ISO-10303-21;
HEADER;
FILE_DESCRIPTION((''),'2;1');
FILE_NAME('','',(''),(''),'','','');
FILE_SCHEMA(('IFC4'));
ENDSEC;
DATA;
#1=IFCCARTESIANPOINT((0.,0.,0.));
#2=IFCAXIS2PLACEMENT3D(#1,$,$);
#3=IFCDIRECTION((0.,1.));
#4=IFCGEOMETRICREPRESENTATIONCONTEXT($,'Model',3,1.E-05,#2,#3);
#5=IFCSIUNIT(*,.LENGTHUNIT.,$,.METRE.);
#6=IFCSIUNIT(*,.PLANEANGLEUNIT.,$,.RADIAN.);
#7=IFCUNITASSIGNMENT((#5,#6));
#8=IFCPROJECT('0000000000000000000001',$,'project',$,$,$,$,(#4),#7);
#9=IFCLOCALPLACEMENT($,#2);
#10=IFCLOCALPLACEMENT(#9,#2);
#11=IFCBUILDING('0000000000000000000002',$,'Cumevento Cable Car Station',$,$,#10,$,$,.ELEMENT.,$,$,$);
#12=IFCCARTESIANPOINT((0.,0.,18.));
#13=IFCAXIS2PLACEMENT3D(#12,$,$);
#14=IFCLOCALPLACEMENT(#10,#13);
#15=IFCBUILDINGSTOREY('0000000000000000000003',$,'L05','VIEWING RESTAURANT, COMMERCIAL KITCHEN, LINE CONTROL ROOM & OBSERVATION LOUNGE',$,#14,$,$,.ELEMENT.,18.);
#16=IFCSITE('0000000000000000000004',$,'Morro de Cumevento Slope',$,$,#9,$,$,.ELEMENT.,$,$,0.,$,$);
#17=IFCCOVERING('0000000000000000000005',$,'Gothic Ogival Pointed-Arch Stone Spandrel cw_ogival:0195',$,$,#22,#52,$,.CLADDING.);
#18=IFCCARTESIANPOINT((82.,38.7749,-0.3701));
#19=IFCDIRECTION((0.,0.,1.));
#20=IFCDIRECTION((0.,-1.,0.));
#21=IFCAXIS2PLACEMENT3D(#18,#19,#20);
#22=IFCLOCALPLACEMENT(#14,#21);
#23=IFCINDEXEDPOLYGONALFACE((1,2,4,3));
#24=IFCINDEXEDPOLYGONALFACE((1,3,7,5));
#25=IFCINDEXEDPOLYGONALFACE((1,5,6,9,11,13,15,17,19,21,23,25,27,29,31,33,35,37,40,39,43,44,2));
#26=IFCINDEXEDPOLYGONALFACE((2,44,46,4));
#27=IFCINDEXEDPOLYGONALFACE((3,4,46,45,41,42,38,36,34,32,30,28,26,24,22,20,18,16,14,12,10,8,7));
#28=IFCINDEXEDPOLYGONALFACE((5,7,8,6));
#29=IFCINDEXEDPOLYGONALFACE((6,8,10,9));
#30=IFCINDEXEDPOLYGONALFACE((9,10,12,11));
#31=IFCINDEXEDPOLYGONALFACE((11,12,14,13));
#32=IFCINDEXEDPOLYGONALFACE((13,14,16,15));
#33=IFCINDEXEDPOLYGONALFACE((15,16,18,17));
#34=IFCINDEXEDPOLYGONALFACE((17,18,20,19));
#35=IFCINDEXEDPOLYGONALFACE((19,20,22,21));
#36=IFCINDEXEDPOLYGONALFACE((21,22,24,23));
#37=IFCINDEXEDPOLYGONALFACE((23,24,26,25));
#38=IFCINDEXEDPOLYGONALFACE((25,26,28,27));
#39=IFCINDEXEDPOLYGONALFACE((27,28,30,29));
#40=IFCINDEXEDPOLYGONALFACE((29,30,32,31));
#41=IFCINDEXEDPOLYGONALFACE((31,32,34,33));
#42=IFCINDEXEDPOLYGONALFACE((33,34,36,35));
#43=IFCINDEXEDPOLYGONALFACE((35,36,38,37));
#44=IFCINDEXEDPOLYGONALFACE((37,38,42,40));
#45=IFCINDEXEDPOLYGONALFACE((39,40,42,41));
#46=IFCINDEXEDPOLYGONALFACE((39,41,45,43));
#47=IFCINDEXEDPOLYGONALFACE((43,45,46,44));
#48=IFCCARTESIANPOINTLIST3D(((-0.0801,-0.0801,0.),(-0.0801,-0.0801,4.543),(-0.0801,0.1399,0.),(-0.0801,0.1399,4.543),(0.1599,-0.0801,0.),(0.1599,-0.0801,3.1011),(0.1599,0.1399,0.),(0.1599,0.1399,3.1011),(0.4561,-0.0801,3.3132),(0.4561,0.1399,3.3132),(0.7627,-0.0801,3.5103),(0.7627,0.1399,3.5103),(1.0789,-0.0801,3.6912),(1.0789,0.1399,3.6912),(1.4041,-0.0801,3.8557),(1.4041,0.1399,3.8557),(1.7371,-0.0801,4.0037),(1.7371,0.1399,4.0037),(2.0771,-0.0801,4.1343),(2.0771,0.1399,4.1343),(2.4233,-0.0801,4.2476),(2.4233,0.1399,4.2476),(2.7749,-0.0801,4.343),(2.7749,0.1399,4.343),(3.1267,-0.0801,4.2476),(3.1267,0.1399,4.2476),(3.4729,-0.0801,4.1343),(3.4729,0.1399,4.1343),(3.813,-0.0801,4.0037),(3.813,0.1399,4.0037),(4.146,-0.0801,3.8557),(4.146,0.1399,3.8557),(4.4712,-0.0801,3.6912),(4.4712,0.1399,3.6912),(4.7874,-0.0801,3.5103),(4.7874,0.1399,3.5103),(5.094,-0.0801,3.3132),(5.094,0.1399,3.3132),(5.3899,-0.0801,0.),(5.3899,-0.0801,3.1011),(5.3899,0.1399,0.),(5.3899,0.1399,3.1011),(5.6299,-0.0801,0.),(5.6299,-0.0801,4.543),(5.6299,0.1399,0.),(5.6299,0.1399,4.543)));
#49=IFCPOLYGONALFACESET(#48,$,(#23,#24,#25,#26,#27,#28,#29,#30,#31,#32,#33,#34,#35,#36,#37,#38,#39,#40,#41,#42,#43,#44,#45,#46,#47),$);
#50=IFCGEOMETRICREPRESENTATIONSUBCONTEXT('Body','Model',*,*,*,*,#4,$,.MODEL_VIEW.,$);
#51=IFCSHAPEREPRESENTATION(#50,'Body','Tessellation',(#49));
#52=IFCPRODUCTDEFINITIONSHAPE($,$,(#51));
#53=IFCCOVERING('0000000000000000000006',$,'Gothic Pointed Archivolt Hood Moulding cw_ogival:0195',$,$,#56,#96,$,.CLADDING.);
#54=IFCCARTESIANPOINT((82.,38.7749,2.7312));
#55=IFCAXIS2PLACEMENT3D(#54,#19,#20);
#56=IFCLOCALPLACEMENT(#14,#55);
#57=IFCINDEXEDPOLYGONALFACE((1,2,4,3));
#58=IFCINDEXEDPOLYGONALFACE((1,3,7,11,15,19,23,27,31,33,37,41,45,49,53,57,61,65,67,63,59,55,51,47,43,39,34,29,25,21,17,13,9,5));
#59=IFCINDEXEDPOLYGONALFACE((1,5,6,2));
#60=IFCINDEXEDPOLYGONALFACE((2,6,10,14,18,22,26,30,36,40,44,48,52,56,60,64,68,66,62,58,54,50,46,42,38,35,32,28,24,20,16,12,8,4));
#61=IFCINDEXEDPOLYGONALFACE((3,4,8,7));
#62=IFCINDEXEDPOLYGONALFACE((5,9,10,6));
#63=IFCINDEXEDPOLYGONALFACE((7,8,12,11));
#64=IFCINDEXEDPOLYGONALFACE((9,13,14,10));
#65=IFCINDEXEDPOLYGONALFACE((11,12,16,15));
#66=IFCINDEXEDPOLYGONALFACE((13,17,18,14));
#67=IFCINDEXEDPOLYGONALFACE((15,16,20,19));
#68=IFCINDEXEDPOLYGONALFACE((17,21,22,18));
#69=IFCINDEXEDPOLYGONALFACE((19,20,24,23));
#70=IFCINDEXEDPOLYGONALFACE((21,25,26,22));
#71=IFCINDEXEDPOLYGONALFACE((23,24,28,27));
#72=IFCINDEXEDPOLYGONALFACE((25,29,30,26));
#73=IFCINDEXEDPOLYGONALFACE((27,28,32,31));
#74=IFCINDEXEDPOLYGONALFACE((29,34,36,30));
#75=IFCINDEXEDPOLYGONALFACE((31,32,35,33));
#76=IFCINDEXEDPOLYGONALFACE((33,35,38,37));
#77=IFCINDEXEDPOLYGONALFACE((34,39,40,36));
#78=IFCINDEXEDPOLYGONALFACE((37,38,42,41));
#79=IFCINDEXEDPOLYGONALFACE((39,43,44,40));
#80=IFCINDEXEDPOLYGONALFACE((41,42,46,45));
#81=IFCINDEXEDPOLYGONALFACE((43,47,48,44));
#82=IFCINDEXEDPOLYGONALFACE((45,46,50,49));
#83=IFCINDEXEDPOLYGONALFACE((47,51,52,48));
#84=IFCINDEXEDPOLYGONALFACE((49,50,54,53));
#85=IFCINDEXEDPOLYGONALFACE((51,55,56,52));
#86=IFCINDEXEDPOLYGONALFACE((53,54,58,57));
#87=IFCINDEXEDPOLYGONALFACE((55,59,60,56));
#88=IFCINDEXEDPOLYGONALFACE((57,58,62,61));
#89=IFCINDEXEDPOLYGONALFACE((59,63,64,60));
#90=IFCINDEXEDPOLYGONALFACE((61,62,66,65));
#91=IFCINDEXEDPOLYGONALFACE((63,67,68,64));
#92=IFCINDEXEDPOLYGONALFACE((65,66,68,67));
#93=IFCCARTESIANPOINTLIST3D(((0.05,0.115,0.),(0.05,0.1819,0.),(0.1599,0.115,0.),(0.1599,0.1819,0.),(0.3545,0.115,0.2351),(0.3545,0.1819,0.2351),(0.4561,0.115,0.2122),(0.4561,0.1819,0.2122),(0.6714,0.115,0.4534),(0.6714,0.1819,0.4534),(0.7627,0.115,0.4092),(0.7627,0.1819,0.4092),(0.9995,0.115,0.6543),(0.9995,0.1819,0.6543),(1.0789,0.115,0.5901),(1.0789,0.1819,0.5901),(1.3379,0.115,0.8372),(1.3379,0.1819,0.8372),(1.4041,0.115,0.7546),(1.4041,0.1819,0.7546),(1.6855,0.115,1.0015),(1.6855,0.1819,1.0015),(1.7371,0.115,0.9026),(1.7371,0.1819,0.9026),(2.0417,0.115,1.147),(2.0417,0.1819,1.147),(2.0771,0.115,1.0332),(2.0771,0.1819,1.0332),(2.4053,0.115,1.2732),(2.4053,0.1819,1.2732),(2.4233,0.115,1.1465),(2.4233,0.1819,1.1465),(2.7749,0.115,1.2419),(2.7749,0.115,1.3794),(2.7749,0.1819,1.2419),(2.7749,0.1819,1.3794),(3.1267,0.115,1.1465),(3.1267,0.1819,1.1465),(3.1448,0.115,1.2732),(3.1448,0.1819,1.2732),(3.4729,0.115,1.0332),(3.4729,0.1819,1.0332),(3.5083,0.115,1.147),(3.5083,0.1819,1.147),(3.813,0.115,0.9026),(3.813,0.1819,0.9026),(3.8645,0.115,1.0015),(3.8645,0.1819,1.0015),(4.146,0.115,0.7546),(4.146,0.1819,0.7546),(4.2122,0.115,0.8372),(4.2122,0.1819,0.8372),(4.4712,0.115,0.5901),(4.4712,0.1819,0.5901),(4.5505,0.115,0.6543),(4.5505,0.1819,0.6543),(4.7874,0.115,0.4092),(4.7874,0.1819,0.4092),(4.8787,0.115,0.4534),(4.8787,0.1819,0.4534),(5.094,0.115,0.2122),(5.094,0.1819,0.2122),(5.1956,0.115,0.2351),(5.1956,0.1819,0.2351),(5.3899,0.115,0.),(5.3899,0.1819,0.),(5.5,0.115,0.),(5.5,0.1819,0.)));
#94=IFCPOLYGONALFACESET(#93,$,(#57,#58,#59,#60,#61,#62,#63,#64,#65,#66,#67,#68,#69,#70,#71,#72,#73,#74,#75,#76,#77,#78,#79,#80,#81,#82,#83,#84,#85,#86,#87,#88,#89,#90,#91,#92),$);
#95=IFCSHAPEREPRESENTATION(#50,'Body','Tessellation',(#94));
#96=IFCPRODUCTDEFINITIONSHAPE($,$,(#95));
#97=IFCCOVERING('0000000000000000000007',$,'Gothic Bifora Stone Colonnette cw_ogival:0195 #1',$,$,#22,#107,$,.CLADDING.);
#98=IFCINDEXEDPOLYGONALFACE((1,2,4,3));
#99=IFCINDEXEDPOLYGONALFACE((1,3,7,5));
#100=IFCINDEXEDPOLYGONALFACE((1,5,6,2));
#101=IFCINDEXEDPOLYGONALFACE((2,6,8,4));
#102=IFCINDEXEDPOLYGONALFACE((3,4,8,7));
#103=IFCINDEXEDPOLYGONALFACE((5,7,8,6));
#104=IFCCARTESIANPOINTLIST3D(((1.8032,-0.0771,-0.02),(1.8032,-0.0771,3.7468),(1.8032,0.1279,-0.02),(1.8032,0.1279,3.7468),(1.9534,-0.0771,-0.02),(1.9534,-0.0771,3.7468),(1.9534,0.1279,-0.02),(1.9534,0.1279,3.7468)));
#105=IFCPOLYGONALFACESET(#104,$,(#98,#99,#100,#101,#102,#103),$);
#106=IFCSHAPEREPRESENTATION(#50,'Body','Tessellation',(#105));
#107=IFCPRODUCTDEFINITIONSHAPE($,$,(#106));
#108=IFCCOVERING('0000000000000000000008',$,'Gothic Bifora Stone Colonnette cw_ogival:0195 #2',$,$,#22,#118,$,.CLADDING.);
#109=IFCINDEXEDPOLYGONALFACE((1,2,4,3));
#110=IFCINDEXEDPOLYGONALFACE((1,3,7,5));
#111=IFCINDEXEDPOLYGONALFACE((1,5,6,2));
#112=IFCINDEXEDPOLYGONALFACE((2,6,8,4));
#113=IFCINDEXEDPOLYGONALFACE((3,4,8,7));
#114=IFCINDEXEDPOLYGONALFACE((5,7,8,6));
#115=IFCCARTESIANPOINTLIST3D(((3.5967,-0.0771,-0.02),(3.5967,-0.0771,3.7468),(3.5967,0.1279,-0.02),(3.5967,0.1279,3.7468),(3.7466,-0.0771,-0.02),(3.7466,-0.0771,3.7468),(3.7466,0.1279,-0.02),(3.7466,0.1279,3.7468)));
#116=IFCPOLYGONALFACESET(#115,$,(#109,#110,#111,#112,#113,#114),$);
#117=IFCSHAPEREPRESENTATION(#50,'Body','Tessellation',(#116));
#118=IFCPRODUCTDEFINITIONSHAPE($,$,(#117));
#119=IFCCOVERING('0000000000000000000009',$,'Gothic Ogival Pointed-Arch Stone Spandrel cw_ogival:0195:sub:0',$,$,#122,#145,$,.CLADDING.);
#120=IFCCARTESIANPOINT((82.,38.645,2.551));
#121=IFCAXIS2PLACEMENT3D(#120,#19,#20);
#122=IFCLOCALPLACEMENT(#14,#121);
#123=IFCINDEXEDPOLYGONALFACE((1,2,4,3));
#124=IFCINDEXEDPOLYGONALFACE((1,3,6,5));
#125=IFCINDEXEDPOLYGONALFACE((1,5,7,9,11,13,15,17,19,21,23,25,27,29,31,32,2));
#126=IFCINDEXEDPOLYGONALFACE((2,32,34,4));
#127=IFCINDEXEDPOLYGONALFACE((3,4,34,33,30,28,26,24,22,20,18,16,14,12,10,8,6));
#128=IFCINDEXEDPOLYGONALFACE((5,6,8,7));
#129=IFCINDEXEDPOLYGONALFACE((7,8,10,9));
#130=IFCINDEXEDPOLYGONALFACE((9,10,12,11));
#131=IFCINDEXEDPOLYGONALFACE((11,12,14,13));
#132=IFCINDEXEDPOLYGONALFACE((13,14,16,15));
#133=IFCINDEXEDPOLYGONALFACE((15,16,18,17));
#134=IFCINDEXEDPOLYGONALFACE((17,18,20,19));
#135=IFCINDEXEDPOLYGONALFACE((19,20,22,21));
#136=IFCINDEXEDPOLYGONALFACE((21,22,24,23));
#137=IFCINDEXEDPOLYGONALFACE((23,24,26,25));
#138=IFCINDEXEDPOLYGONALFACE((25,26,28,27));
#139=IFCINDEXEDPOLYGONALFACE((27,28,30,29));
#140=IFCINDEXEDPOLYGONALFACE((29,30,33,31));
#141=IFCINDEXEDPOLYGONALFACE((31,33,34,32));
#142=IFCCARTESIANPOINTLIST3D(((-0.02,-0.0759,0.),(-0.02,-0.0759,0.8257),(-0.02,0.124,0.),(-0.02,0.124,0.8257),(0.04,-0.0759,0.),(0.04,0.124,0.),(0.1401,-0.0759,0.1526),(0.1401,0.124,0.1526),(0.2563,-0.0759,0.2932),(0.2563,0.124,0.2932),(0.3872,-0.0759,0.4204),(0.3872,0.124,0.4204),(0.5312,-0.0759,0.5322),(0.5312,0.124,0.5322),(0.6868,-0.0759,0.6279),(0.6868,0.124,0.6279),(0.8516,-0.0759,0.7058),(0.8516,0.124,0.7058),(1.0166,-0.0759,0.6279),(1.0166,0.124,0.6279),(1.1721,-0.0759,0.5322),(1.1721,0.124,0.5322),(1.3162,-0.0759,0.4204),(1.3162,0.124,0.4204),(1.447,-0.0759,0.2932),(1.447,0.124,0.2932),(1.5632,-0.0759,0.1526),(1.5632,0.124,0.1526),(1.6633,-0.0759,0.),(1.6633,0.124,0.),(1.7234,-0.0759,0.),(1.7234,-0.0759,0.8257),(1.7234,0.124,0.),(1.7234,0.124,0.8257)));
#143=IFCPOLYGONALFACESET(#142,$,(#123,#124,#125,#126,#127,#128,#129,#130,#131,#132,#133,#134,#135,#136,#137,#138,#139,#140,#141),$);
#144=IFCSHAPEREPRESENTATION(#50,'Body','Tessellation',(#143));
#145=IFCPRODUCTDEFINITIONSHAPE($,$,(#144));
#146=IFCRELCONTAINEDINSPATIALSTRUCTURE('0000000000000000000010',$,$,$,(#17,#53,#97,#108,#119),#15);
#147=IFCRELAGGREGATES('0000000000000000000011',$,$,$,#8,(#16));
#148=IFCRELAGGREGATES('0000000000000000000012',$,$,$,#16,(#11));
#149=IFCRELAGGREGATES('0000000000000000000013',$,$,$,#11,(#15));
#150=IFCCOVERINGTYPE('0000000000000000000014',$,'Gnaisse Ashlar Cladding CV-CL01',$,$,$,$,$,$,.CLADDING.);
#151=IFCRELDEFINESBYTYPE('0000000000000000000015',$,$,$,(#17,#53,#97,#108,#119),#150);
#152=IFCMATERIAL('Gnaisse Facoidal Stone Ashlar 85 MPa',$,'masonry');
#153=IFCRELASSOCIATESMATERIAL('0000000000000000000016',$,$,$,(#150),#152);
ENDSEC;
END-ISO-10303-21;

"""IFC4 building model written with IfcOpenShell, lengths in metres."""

from ifc_helpers import new_model, si_unit, direction, frame, origin, place, context, subcontext, project, spatial, polyline, outline, extrude, material, type_object, element, save


model = new_model("IFC4")

# Units and contexts
model_context = context("Model", 3, precision=1e-05, world=origin(), true_north=direction((0.0, 1.0)))
body_context = subcontext(model_context, "Body", "Model", "MODEL_VIEW")
ifc_project = project(units=[si_unit("LENGTHUNIT", "METRE"), si_unit("PLANEANGLEUNIT", "RADIAN")], contexts=[model_context])

# Site, building, storey
site_placement = place(None, origin())
site = spatial("IfcSite", under=ifc_project, at=site_placement, Name="Morro de Cumevento Slope", CompositionType="ELEMENT", RefElevation=0.0)
building_placement = place(site_placement, origin())
building = spatial("IfcBuilding", under=site, at=building_placement, Name="Cumevento Cable Car Station", CompositionType="ELEMENT")
storey_placement = place(building_placement, frame((0.0, 0.0, 18.0)))
storey = spatial("IfcBuildingStorey", under=building, at=storey_placement, Name="L05", Description="VIEWING RESTAURANT, COMMERCIAL KITCHEN, LINE CONTROL ROOM & OBSERVATION LOUNGE", CompositionType="ELEMENT", Elevation=18.0)

# Coverings
ifc_material_1 = material(Name="Gnaisse Facoidal Stone Ashlar 85 MPa", Category="masonry")
covering_type = type_object("IfcCoveringType", Name="Gnaisse Ashlar Cladding CV-CL01", PredefinedType="CLADDING", material=ifc_material_1)
placement = place(storey_placement, frame((82.0, 38.7749, -0.3701), z_axis=(0.0, 0.0, 1.0), x_axis=(0.0, -1.0, 0.0)))
element("IfcCovering", 1, at=placement, inside=storey, type_object=covering_type, Name="Gothic Ogival Pointed-Arch Stone Spandrel cw_ogival:0195", PredefinedType="CLADDING", context=body_context, shape_type="SweptSolid", body=[
    extrude(outline(polyline([(-0.0801, 0.0), (-0.0801, 4.543), (5.6299, 4.543), (5.6299, 0.0), (5.3899, 0.0), (5.3899, 3.1011), (5.094, 3.3132), (4.7874, 3.5103), (4.4712, 3.6912), (4.146, 3.8557), (3.813, 4.0037), (3.4729, 4.1343), (3.1267, 4.2476), (2.7749, 4.343), (2.4233, 4.2476), (2.0771, 4.1343), (1.7371, 4.0037), (1.4041, 3.8557), (1.0789, 3.6912), (0.7627, 3.5103), (0.4561, 3.3132), (0.1599, 3.1011), (0.1599, 0.0), (-0.0801, 0.0)])), frame((0.0, 0.1399, 0.0), z_axis=(0.0, -1.0, 0.0), x_axis=(1.0, 0.0, 0.0)), (0.0, 0.0, 1.0), 0.22),
])
covering_1_placement = place(storey_placement, frame((82.0, 38.7749, 2.7312), z_axis=(0.0, 0.0, 1.0), x_axis=(0.0, -1.0, 0.0)))
element("IfcCovering", 2, at=covering_1_placement, inside=storey, type_object=covering_type, Name="Gothic Pointed Archivolt Hood Moulding cw_ogival:0195", PredefinedType="CLADDING", context=body_context, shape_type="SweptSolid", body=[
    extrude(outline(polyline([(0.1599, 0.0), (0.4561, 0.2122), (0.7627, 0.4092), (1.0789, 0.5901), (1.4041, 0.7546), (1.7371, 0.9026), (2.0771, 1.0332), (2.4233, 1.1465), (2.7749, 1.2419), (3.1267, 1.1465), (3.4729, 1.0332), (3.813, 0.9026), (4.146, 0.7546), (4.4712, 0.5901), (4.7874, 0.4092), (5.094, 0.2122), (5.3899, 0.0), (5.5, 0.0), (5.1956, 0.2351), (4.8787, 0.4534), (4.5505, 0.6543), (4.2122, 0.8372), (3.8645, 1.0015), (3.5083, 1.147), (3.1448, 1.2732), (2.7749, 1.3794), (2.4053, 1.2732), (2.0417, 1.147), (1.6855, 1.0015), (1.3379, 0.8372), (0.9995, 0.6543), (0.6714, 0.4534), (0.3545, 0.2351), (0.05, 0.0), (0.1599, 0.0)])), frame((0.0, 0.1819, 0.0), z_axis=(0.0, -1.0, 0.0), x_axis=(1.0, 0.0, 0.0)), (0.0, 0.0, 1.0), 0.0669),
])
element("IfcCovering", 3, at=placement, inside=storey, type_object=covering_type, Name="Gothic Bifora Stone Colonnette cw_ogival:0195 #1", PredefinedType="CLADDING", context=body_context, shape_type="SweptSolid", body=[
    extrude(outline(polyline([(1.8032, -0.02), (1.9534, -0.02), (1.9534, 3.7468), (1.8032, 3.7468), (1.8032, -0.02)])), frame((0.0, 0.1279, 0.0), z_axis=(0.0, -1.0, 0.0), x_axis=(1.0, 0.0, 0.0)), (0.0, 0.0, 1.0), 0.2051),
])
element("IfcCovering", 4, at=placement, inside=storey, type_object=covering_type, Name="Gothic Bifora Stone Colonnette cw_ogival:0195 #2", PredefinedType="CLADDING", context=body_context, shape_type="SweptSolid", body=[
    extrude(outline(polyline([(3.5967, -0.02), (3.7466, -0.02), (3.7466, 3.7468), (3.5967, 3.7468), (3.5967, -0.02)])), frame((0.0, 0.1279, 0.0), z_axis=(0.0, -1.0, 0.0), x_axis=(1.0, 0.0, 0.0)), (0.0, 0.0, 1.0), 0.2051),
])
covering_2_placement = place(storey_placement, frame((82.0, 38.645, 2.551), z_axis=(0.0, 0.0, 1.0), x_axis=(0.0, -1.0, 0.0)))
element("IfcCovering", 5, at=covering_2_placement, inside=storey, type_object=covering_type, Name="Gothic Ogival Pointed-Arch Stone Spandrel cw_ogival:0195:sub:0", PredefinedType="CLADDING", context=body_context, shape_type="SweptSolid", body=[
    extrude(outline(polyline([(-0.02, 0.0), (-0.02, 0.8257), (1.7234, 0.8257), (1.7234, 0.0), (1.6633, 0.0), (1.5632, 0.1526), (1.447, 0.2932), (1.3162, 0.4204), (1.1721, 0.5322), (1.0166, 0.6279), (0.8516, 0.7058), (0.6868, 0.6279), (0.5312, 0.5322), (0.3872, 0.4204), (0.2563, 0.2932), (0.1401, 0.1526), (0.04, 0.0), (-0.02, 0.0)])), frame((0.0, 0.124, 0.0), z_axis=(0.0, -1.0, 0.0), x_axis=(1.0, 0.0, 0.0)), (0.0, 0.0, 1.0), 0.2),
])

save(model, "model.ifc")
